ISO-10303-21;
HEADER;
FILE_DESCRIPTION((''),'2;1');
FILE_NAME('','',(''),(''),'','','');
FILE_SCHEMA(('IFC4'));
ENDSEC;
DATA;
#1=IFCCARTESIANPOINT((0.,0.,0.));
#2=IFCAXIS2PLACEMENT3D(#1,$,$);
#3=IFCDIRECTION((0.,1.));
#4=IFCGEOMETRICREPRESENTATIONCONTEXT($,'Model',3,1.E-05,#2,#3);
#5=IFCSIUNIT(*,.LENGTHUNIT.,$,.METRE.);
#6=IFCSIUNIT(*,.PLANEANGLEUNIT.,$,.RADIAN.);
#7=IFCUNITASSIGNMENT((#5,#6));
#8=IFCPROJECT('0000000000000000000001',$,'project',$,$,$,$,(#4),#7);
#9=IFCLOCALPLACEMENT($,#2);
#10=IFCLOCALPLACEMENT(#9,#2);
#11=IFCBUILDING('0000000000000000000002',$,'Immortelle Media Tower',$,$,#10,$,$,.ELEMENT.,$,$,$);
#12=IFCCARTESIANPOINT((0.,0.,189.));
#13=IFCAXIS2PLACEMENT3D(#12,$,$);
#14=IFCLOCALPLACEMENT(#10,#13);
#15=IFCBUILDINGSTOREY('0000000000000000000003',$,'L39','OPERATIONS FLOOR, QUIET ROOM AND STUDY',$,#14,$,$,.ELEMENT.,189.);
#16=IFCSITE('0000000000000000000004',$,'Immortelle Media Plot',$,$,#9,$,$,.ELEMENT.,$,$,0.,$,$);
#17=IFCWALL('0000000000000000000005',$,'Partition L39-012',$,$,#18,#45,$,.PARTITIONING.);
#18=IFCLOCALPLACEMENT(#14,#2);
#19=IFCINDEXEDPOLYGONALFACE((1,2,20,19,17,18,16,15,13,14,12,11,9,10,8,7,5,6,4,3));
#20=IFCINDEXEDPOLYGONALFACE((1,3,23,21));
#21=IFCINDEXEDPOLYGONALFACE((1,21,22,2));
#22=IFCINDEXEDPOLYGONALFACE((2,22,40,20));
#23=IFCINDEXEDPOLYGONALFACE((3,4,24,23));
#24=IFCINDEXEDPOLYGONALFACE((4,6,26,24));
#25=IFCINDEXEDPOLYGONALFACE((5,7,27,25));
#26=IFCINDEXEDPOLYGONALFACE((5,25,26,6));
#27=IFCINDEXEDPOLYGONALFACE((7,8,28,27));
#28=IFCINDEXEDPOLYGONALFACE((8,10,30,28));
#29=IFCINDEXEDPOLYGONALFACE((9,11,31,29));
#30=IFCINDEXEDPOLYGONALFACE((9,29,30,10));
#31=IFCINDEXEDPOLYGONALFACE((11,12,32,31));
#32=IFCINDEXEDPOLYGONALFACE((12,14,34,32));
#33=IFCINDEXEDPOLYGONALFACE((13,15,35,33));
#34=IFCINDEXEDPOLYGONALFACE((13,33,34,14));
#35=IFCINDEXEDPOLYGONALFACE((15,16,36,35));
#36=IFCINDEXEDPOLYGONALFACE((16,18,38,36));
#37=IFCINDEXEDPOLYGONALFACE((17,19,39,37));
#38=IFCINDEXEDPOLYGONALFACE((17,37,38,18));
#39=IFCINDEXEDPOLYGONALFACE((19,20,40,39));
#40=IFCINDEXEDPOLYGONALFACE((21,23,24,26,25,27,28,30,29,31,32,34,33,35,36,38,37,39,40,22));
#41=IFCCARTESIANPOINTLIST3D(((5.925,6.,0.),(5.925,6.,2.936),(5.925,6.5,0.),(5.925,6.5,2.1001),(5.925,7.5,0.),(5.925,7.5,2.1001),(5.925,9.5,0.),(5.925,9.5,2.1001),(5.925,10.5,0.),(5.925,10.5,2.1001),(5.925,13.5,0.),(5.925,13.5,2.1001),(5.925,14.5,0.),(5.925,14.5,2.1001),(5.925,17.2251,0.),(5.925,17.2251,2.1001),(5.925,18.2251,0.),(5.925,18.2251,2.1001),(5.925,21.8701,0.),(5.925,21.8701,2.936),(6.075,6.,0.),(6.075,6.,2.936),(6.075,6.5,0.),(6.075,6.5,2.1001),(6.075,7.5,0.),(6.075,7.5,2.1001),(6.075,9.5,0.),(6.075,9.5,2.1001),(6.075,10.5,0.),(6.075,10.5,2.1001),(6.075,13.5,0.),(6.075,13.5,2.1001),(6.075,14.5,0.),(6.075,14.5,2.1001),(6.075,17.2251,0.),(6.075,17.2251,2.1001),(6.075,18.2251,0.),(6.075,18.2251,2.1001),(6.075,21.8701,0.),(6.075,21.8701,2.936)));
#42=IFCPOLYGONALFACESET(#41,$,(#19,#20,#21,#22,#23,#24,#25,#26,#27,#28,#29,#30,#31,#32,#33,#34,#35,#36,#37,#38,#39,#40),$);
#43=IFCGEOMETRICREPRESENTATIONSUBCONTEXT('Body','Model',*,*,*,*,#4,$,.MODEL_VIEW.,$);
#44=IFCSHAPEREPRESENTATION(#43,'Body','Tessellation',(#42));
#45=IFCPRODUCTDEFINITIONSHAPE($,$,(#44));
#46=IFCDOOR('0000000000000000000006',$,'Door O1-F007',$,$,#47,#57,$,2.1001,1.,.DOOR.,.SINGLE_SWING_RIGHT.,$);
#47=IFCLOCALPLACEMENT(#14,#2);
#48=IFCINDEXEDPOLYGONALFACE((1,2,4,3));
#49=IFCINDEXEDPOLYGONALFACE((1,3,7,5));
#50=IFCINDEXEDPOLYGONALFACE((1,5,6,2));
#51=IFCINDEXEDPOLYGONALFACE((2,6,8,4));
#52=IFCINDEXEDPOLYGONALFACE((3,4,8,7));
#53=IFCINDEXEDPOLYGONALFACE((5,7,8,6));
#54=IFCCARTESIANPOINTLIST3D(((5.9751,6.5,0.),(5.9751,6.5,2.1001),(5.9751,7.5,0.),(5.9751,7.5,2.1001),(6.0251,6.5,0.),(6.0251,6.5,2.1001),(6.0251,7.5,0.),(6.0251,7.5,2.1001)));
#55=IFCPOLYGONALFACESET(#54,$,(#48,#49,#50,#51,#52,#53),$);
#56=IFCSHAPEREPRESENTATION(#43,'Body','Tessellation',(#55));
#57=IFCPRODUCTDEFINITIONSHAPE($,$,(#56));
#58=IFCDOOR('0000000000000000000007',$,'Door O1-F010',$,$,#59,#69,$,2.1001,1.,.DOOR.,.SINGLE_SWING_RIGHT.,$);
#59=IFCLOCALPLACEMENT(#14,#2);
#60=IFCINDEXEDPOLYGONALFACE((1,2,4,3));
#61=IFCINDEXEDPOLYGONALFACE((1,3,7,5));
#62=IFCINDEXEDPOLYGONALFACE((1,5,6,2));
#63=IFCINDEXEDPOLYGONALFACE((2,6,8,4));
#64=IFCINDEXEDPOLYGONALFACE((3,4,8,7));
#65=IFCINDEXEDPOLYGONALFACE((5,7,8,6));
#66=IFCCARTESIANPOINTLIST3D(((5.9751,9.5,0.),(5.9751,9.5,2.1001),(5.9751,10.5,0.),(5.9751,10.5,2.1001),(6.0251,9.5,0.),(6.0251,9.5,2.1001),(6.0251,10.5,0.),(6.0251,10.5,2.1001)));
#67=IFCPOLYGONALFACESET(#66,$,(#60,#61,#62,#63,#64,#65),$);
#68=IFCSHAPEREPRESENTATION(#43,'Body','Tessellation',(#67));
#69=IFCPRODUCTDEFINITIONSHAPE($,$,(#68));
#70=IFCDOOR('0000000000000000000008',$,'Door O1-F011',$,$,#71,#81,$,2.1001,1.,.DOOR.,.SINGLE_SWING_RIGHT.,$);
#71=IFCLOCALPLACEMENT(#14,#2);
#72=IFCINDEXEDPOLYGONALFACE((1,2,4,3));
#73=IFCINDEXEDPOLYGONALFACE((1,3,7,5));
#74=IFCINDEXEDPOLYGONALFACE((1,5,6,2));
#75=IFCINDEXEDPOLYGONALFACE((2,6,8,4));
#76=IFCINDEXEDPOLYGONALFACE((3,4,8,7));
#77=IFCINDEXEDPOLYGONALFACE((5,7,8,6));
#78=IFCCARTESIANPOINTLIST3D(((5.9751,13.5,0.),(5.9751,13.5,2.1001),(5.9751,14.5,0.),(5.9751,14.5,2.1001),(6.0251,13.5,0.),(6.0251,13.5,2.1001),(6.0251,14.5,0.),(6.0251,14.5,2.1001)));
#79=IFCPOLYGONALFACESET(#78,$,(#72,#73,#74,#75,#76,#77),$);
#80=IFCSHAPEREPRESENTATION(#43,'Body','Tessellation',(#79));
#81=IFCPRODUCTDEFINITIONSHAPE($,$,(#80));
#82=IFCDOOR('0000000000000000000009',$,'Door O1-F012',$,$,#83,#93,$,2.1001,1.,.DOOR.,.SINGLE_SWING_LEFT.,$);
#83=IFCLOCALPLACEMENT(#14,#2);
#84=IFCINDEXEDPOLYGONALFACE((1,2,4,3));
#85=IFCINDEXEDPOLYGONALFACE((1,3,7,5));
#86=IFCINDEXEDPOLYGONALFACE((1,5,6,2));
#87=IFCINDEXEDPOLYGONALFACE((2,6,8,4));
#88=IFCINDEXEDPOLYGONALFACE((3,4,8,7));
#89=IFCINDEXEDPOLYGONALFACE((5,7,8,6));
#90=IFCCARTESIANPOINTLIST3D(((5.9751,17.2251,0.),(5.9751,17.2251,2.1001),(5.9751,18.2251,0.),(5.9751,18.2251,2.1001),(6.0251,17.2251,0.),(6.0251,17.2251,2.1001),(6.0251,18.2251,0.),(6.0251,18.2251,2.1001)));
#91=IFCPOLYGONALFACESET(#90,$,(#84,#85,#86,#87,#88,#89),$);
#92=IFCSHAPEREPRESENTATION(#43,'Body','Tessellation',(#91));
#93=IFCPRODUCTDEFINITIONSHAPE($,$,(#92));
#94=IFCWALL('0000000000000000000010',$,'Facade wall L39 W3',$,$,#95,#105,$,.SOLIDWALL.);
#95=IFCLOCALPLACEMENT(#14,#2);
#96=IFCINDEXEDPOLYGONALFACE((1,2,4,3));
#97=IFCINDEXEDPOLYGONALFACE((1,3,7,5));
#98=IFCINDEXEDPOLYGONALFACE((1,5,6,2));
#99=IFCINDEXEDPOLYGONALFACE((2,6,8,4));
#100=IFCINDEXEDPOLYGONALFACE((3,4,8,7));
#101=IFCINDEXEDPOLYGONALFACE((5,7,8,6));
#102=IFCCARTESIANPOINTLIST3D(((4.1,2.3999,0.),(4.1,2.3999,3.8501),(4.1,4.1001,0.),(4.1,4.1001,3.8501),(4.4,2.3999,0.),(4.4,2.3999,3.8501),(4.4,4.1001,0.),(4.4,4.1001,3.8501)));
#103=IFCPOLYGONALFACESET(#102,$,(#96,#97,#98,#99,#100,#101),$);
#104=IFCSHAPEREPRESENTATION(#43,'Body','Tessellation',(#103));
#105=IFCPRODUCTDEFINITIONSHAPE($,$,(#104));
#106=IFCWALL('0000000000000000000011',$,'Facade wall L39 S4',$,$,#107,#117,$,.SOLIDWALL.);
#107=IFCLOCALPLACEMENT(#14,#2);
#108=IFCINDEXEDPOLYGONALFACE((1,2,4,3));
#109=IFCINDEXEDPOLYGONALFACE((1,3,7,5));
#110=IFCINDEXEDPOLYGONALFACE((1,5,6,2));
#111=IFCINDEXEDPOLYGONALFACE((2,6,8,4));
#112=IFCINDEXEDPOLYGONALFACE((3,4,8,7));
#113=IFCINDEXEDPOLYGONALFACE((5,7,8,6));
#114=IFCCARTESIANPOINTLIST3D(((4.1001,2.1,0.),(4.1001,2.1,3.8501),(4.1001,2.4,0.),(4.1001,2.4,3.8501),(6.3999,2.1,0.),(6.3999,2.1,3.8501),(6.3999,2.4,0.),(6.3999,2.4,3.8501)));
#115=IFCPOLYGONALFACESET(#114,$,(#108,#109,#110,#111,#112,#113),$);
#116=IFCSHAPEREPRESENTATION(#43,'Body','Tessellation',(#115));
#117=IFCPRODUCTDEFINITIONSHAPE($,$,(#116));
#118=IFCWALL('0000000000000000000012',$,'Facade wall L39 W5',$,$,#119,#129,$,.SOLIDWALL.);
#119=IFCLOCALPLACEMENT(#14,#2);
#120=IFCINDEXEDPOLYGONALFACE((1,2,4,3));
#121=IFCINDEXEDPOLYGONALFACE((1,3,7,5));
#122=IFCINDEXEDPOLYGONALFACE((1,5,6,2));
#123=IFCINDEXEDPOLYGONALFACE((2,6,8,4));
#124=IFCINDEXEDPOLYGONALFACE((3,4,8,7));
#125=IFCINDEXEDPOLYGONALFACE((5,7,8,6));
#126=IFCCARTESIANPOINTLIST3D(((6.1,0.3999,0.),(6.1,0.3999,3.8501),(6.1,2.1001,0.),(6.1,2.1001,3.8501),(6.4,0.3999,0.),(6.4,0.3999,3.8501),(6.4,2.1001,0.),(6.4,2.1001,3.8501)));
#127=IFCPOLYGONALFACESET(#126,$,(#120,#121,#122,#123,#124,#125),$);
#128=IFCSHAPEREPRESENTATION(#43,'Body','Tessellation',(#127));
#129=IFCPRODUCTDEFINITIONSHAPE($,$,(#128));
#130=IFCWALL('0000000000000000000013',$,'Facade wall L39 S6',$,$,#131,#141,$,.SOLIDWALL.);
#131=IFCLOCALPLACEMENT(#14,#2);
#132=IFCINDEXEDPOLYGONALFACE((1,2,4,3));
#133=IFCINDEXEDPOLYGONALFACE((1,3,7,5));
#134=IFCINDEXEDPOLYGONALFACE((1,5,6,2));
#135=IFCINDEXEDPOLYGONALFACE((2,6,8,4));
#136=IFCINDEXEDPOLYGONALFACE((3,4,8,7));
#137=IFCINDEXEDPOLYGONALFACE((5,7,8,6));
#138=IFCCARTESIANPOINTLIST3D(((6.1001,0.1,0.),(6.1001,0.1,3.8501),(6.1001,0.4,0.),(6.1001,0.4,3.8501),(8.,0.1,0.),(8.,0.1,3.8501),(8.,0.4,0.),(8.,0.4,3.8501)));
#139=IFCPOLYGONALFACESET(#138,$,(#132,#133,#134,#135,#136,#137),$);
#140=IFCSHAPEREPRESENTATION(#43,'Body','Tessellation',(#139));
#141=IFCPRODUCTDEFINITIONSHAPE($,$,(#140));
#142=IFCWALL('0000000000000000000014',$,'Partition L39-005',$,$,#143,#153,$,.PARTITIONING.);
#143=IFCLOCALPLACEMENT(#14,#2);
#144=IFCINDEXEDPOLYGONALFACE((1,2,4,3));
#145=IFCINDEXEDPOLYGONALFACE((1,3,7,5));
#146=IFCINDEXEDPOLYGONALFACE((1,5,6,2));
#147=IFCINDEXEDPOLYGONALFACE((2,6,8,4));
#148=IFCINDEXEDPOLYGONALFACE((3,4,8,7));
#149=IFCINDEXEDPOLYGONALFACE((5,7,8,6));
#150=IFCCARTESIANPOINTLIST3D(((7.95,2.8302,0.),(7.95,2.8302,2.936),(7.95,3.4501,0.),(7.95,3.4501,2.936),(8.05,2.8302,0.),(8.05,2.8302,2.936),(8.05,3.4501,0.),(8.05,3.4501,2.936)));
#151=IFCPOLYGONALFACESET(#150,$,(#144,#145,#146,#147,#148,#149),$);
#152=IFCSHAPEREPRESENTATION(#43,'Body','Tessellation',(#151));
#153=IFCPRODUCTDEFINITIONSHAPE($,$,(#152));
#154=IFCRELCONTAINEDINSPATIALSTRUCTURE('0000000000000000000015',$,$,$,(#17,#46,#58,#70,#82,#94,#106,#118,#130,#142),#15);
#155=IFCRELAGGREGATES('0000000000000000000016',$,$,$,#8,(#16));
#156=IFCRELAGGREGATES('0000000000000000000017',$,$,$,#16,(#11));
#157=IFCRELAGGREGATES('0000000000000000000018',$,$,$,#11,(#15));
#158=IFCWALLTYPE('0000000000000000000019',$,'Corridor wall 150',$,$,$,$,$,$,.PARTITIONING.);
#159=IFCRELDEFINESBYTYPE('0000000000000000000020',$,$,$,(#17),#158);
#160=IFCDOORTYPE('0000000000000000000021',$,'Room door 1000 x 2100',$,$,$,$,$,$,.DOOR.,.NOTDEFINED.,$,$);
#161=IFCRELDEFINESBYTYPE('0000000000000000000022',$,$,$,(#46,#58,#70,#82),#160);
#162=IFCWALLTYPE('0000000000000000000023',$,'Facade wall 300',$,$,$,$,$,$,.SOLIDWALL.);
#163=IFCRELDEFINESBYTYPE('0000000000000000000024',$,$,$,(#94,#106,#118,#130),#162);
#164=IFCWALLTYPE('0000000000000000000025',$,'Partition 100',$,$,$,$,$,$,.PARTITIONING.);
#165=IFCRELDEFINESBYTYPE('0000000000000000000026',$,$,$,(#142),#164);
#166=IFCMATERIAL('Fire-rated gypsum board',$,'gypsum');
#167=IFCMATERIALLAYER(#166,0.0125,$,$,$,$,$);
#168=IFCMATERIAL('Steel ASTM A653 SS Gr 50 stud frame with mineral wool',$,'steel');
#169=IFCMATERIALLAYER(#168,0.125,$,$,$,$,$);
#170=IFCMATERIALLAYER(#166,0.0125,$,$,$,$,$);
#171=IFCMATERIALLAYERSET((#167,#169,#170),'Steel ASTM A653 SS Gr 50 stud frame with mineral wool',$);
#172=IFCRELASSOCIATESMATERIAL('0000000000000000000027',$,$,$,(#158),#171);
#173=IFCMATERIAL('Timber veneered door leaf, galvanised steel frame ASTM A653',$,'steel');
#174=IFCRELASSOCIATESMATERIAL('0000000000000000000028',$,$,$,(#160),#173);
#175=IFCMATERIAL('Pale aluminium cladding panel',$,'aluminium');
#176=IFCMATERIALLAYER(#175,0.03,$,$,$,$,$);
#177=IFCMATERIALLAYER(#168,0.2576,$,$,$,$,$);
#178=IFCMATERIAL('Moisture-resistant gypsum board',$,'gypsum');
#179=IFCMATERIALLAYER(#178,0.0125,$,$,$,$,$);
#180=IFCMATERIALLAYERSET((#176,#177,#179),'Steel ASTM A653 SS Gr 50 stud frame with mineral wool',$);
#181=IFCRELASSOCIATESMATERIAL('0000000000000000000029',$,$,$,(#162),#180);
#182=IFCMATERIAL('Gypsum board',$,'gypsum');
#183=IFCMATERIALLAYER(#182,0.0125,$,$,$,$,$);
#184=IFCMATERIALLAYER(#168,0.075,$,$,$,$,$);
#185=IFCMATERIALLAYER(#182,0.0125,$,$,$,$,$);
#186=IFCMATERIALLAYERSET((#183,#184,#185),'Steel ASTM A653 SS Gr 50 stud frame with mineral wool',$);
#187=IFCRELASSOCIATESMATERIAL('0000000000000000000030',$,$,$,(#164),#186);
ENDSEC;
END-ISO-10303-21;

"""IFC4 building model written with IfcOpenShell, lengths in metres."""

from ifc_helpers import new_model, si_unit, direction, frame, frame_2d, origin, place, context, subcontext, project, spatial, rectangle, extrude, material, layer, layer_set, type_object, element, fill, save


model = new_model("IFC4")

# Units and contexts
model_context = context("Model", 3, precision=1e-05, world=origin(), true_north=direction((0.0, 1.0)))
body_context = subcontext(model_context, "Body", "Model", "MODEL_VIEW")
ifc_project = project(units=[si_unit("LENGTHUNIT", "METRE"), si_unit("PLANEANGLEUNIT", "RADIAN")], contexts=[model_context])

# Site, building, storey
site_placement = place(None, origin())
site = spatial("IfcSite", under=ifc_project, at=site_placement, Name="Immortelle Media Plot", CompositionType="ELEMENT", RefElevation=0.0)
building_placement = place(site_placement, origin())
building = spatial("IfcBuilding", under=site, at=building_placement, Name="Immortelle Media Tower", CompositionType="ELEMENT")
storey_placement = place(building_placement, frame((0.0, 0.0, 189.0)))
storey = spatial("IfcBuildingStorey", under=building, at=storey_placement, Name="L39", Description="OPERATIONS FLOOR, QUIET ROOM AND STUDY", CompositionType="ELEMENT", Elevation=189.0)

# Wall, openings, doors
ifc_material_1 = material(Name="Fire-rated gypsum board", Category="gypsum")
ifc_layer_1 = layer(ifc_material_1, 0.0125)
ifc_material_2 = material(Name="Steel ASTM A653 SS Gr 50 stud frame with mineral wool", Category="steel")
ifc_layer_2 = layer(ifc_material_2, 0.125)
ifc_layer_3 = layer(ifc_material_1, 0.0125)
ifc_layer_set_1 = layer_set([ifc_layer_1, ifc_layer_2, ifc_layer_3], Name="Steel ASTM A653 SS Gr 50 stud frame with mineral wool")
wall_type_1 = type_object("IfcWallType", Name="Corridor wall 150", PredefinedType="PARTITIONING", material=ifc_layer_set_1)
ifc_material_3 = material(Name="Timber veneered door leaf, galvanised steel frame ASTM A653", Category="steel")
door_type = type_object("IfcDoorType", Name="Room door 1000 x 2100", OperationType="NOTDEFINED", PredefinedType="DOOR", material=ifc_material_3)
wall_1_placement = place(storey_placement, frame((6.0, 6.0, 0.0), z_axis=(0.0, 0.0, 1.0), x_axis=(0.0, 1.0, 0.0)))
wall_1 = element("IfcWall", 1, at=wall_1_placement, inside=storey, type_object=wall_type_1, Name="Partition L39-012", PredefinedType="PARTITIONING", context=body_context, shape_type="SweptSolid", body=[
    extrude(rectangle(XDim=15.8701, YDim=0.1499, at=frame_2d((7.9351, 0.0))), origin(), (0.0, 0.0, 1.0), 2.936),
])
opening_1_placement = place(wall_1_placement, frame((0.5, 0.0, 0.0)))
opening_1 = element("IfcOpeningElement", 2, at=opening_1_placement, cuts=wall_1, PredefinedType="OPENING", context=body_context, shape_type="SweptSolid", body=[
    extrude(rectangle(XDim=1.0, YDim=2.1001, at=frame_2d((0.5, 1.05))), frame((0.0, 0.085, 0.0), z_axis=(0.0, -1.0, 0.0), x_axis=(1.0, 0.0, 0.0)), (0.0, 0.0, 1.0), 0.1699),
])
opening_2_placement = place(wall_1_placement, frame((3.5, 0.0, 0.0)))
opening_2 = element("IfcOpeningElement", 3, at=opening_2_placement, cuts=wall_1, PredefinedType="OPENING", context=body_context, shape_type="SweptSolid", body=[
    extrude(rectangle(XDim=1.0, YDim=2.1001, at=frame_2d((0.5, 1.05))), frame((0.0, 0.085, 0.0), z_axis=(0.0, -1.0, 0.0), x_axis=(1.0, 0.0, 0.0)), (0.0, 0.0, 1.0), 0.1699),
])
opening_3_placement = place(wall_1_placement, frame((7.5, 0.0, 0.0)))
opening_3 = element("IfcOpeningElement", 4, at=opening_3_placement, cuts=wall_1, PredefinedType="OPENING", context=body_context, shape_type="SweptSolid", body=[
    extrude(rectangle(XDim=1.0, YDim=2.1001, at=frame_2d((0.5, 1.05))), frame((0.0, 0.085, 0.0), z_axis=(0.0, -1.0, 0.0), x_axis=(1.0, 0.0, 0.0)), (0.0, 0.0, 1.0), 0.1699),
])
opening_4_placement = place(wall_1_placement, frame((11.2251, 0.0, 0.0)))
opening_4 = element("IfcOpeningElement", 5, at=opening_4_placement, cuts=wall_1, PredefinedType="OPENING", context=body_context, shape_type="SweptSolid", body=[
    extrude(rectangle(XDim=1.0, YDim=2.1001, at=frame_2d((0.5, 1.05))), frame((0.0, 0.085, 0.0), z_axis=(0.0, -1.0, 0.0), x_axis=(1.0, 0.0, 0.0)), (0.0, 0.0, 1.0), 0.1699),
])
door_1_placement = place(opening_1_placement, origin())
door_1 = element("IfcDoor", 6, at=door_1_placement, inside=storey, type_object=door_type, Name="Door O1-F007", OperationType="SINGLE_SWING_RIGHT", OverallHeight=2.1001, OverallWidth=1.0, PredefinedType="DOOR", context=body_context, shape_type="SweptSolid", body=[
    extrude(rectangle(XDim=1.0, YDim=2.1001, at=frame_2d((0.5, 1.05))), frame((0.0, 0.0249, 0.0), z_axis=(0.0, -1.0, 0.0), x_axis=(1.0, 0.0, 0.0)), (0.0, 0.0, 1.0), 0.05),
])
fill(opening_1, door_1)
door_2_placement = place(opening_2_placement, origin())
door_2 = element("IfcDoor", 7, at=door_2_placement, inside=storey, type_object=door_type, Name="Door O1-F010", OperationType="SINGLE_SWING_RIGHT", OverallHeight=2.1001, OverallWidth=1.0, PredefinedType="DOOR", context=body_context, shape_type="SweptSolid", body=[
    extrude(rectangle(XDim=1.0, YDim=2.1001, at=frame_2d((0.5, 1.05))), frame((0.0, 0.0249, 0.0), z_axis=(0.0, -1.0, 0.0), x_axis=(1.0, 0.0, 0.0)), (0.0, 0.0, 1.0), 0.05),
])
fill(opening_2, door_2)
door_3_placement = place(opening_3_placement, origin())
door_3 = element("IfcDoor", 8, at=door_3_placement, inside=storey, type_object=door_type, Name="Door O1-F011", OperationType="SINGLE_SWING_RIGHT", OverallHeight=2.1001, OverallWidth=1.0, PredefinedType="DOOR", context=body_context, shape_type="SweptSolid", body=[
    extrude(rectangle(XDim=1.0, YDim=2.1001, at=frame_2d((0.5, 1.05))), frame((0.0, 0.0249, 0.0), z_axis=(0.0, -1.0, 0.0), x_axis=(1.0, 0.0, 0.0)), (0.0, 0.0, 1.0), 0.05),
])
fill(opening_3, door_3)
door_4_placement = place(opening_4_placement, origin())
door_4 = element("IfcDoor", 9, at=door_4_placement, inside=storey, type_object=door_type, Name="Door O1-F012", OperationType="SINGLE_SWING_LEFT", OverallHeight=2.1001, OverallWidth=1.0, PredefinedType="DOOR", context=body_context, shape_type="SweptSolid", body=[
    extrude(rectangle(XDim=1.0, YDim=2.1001, at=frame_2d((0.5, 1.05))), frame((0.0, 0.0249, 0.0), z_axis=(0.0, -1.0, 0.0), x_axis=(1.0, 0.0, 0.0)), (0.0, 0.0, 1.0), 0.05),
])
fill(opening_4, door_4)

# Walls
ifc_material_4 = material(Name="Pale aluminium cladding panel", Category="aluminium")
ifc_layer_4 = layer(ifc_material_4, 0.03)
ifc_layer_5 = layer(ifc_material_2, 0.2576)
ifc_material_5 = material(Name="Moisture-resistant gypsum board", Category="gypsum")
ifc_layer_6 = layer(ifc_material_5, 0.0125)
ifc_layer_set_2 = layer_set([ifc_layer_4, ifc_layer_5, ifc_layer_6], Name="Steel ASTM A653 SS Gr 50 stud frame with mineral wool")
wall_type_2 = type_object("IfcWallType", Name="Facade wall 300", PredefinedType="SOLIDWALL", material=ifc_layer_set_2)
wall_2_placement = place(storey_placement, frame((4.25, 4.1001, 0.0), z_axis=(0.0, 0.0, 1.0), x_axis=(0.0, -1.0, 0.0)))
element("IfcWall", 10, at=wall_2_placement, inside=storey, type_object=wall_type_2, Name="Facade wall L39 W3", PredefinedType="SOLIDWALL", context=body_context, shape_type="SweptSolid", body=[
    extrude(rectangle(XDim=1.7002, YDim=0.3, at=frame_2d((0.8501, 0.0))), origin(), (0.0, 0.0, 1.0), 3.8501),
])
wall_3_placement = place(storey_placement, frame((4.1001, 2.25, 0.0), z_axis=(0.0, 0.0, 1.0), x_axis=(1.0, 0.0, 0.0)))
element("IfcWall", 11, at=wall_3_placement, inside=storey, type_object=wall_type_2, Name="Facade wall L39 S4", PredefinedType="SOLIDWALL", context=body_context, shape_type="SweptSolid", body=[
    extrude(rectangle(XDim=2.2998, YDim=0.3, at=frame_2d((1.1499, 0.0))), origin(), (0.0, 0.0, 1.0), 3.8501),
])
wall_4_placement = place(storey_placement, frame((6.25, 2.1001, 0.0), z_axis=(0.0, 0.0, 1.0), x_axis=(0.0, -1.0, 0.0)))
element("IfcWall", 12, at=wall_4_placement, inside=storey, type_object=wall_type_2, Name="Facade wall L39 W5", PredefinedType="SOLIDWALL", context=body_context, shape_type="SweptSolid", body=[
    extrude(rectangle(XDim=1.7002, YDim=0.3, at=frame_2d((0.8501, 0.0))), origin(), (0.0, 0.0, 1.0), 3.8501),
])
wall_5_placement = place(storey_placement, frame((6.1001, 0.25, 0.0), z_axis=(0.0, 0.0, 1.0), x_axis=(1.0, 0.0, 0.0)))
element("IfcWall", 13, at=wall_5_placement, inside=storey, type_object=wall_type_2, Name="Facade wall L39 S6", PredefinedType="SOLIDWALL", context=body_context, shape_type="SweptSolid", body=[
    extrude(rectangle(XDim=1.8999, YDim=0.3, at=frame_2d((0.95, 0.0))), origin(), (0.0, 0.0, 1.0), 3.8501),
])
ifc_material_6 = material(Name="Gypsum board", Category="gypsum")
ifc_layer_7 = layer(ifc_material_6, 0.0125)
ifc_layer_8 = layer(ifc_material_2, 0.075)
ifc_layer_9 = layer(ifc_material_6, 0.0125)
ifc_layer_set_3 = layer_set([ifc_layer_7, ifc_layer_8, ifc_layer_9], Name="Steel ASTM A653 SS Gr 50 stud frame with mineral wool")
wall_type_3 = type_object("IfcWallType", Name="Partition 100", PredefinedType="PARTITIONING", material=ifc_layer_set_3)
wall_6_placement = place(storey_placement, frame((8.0, 2.8301, 0.0), z_axis=(0.0, 0.0, 1.0), x_axis=(0.0, 1.0, 0.0)))
element("IfcWall", 14, at=wall_6_placement, inside=storey, type_object=wall_type_3, Name="Partition L39-005", PredefinedType="PARTITIONING", context=body_context, shape_type="SweptSolid", body=[
    extrude(rectangle(XDim=0.6199, YDim=0.1001, at=frame_2d((0.3101, 0.0))), origin(), (0.0, 0.0, 1.0), 2.936),
])

save(model, "model.ifc")
